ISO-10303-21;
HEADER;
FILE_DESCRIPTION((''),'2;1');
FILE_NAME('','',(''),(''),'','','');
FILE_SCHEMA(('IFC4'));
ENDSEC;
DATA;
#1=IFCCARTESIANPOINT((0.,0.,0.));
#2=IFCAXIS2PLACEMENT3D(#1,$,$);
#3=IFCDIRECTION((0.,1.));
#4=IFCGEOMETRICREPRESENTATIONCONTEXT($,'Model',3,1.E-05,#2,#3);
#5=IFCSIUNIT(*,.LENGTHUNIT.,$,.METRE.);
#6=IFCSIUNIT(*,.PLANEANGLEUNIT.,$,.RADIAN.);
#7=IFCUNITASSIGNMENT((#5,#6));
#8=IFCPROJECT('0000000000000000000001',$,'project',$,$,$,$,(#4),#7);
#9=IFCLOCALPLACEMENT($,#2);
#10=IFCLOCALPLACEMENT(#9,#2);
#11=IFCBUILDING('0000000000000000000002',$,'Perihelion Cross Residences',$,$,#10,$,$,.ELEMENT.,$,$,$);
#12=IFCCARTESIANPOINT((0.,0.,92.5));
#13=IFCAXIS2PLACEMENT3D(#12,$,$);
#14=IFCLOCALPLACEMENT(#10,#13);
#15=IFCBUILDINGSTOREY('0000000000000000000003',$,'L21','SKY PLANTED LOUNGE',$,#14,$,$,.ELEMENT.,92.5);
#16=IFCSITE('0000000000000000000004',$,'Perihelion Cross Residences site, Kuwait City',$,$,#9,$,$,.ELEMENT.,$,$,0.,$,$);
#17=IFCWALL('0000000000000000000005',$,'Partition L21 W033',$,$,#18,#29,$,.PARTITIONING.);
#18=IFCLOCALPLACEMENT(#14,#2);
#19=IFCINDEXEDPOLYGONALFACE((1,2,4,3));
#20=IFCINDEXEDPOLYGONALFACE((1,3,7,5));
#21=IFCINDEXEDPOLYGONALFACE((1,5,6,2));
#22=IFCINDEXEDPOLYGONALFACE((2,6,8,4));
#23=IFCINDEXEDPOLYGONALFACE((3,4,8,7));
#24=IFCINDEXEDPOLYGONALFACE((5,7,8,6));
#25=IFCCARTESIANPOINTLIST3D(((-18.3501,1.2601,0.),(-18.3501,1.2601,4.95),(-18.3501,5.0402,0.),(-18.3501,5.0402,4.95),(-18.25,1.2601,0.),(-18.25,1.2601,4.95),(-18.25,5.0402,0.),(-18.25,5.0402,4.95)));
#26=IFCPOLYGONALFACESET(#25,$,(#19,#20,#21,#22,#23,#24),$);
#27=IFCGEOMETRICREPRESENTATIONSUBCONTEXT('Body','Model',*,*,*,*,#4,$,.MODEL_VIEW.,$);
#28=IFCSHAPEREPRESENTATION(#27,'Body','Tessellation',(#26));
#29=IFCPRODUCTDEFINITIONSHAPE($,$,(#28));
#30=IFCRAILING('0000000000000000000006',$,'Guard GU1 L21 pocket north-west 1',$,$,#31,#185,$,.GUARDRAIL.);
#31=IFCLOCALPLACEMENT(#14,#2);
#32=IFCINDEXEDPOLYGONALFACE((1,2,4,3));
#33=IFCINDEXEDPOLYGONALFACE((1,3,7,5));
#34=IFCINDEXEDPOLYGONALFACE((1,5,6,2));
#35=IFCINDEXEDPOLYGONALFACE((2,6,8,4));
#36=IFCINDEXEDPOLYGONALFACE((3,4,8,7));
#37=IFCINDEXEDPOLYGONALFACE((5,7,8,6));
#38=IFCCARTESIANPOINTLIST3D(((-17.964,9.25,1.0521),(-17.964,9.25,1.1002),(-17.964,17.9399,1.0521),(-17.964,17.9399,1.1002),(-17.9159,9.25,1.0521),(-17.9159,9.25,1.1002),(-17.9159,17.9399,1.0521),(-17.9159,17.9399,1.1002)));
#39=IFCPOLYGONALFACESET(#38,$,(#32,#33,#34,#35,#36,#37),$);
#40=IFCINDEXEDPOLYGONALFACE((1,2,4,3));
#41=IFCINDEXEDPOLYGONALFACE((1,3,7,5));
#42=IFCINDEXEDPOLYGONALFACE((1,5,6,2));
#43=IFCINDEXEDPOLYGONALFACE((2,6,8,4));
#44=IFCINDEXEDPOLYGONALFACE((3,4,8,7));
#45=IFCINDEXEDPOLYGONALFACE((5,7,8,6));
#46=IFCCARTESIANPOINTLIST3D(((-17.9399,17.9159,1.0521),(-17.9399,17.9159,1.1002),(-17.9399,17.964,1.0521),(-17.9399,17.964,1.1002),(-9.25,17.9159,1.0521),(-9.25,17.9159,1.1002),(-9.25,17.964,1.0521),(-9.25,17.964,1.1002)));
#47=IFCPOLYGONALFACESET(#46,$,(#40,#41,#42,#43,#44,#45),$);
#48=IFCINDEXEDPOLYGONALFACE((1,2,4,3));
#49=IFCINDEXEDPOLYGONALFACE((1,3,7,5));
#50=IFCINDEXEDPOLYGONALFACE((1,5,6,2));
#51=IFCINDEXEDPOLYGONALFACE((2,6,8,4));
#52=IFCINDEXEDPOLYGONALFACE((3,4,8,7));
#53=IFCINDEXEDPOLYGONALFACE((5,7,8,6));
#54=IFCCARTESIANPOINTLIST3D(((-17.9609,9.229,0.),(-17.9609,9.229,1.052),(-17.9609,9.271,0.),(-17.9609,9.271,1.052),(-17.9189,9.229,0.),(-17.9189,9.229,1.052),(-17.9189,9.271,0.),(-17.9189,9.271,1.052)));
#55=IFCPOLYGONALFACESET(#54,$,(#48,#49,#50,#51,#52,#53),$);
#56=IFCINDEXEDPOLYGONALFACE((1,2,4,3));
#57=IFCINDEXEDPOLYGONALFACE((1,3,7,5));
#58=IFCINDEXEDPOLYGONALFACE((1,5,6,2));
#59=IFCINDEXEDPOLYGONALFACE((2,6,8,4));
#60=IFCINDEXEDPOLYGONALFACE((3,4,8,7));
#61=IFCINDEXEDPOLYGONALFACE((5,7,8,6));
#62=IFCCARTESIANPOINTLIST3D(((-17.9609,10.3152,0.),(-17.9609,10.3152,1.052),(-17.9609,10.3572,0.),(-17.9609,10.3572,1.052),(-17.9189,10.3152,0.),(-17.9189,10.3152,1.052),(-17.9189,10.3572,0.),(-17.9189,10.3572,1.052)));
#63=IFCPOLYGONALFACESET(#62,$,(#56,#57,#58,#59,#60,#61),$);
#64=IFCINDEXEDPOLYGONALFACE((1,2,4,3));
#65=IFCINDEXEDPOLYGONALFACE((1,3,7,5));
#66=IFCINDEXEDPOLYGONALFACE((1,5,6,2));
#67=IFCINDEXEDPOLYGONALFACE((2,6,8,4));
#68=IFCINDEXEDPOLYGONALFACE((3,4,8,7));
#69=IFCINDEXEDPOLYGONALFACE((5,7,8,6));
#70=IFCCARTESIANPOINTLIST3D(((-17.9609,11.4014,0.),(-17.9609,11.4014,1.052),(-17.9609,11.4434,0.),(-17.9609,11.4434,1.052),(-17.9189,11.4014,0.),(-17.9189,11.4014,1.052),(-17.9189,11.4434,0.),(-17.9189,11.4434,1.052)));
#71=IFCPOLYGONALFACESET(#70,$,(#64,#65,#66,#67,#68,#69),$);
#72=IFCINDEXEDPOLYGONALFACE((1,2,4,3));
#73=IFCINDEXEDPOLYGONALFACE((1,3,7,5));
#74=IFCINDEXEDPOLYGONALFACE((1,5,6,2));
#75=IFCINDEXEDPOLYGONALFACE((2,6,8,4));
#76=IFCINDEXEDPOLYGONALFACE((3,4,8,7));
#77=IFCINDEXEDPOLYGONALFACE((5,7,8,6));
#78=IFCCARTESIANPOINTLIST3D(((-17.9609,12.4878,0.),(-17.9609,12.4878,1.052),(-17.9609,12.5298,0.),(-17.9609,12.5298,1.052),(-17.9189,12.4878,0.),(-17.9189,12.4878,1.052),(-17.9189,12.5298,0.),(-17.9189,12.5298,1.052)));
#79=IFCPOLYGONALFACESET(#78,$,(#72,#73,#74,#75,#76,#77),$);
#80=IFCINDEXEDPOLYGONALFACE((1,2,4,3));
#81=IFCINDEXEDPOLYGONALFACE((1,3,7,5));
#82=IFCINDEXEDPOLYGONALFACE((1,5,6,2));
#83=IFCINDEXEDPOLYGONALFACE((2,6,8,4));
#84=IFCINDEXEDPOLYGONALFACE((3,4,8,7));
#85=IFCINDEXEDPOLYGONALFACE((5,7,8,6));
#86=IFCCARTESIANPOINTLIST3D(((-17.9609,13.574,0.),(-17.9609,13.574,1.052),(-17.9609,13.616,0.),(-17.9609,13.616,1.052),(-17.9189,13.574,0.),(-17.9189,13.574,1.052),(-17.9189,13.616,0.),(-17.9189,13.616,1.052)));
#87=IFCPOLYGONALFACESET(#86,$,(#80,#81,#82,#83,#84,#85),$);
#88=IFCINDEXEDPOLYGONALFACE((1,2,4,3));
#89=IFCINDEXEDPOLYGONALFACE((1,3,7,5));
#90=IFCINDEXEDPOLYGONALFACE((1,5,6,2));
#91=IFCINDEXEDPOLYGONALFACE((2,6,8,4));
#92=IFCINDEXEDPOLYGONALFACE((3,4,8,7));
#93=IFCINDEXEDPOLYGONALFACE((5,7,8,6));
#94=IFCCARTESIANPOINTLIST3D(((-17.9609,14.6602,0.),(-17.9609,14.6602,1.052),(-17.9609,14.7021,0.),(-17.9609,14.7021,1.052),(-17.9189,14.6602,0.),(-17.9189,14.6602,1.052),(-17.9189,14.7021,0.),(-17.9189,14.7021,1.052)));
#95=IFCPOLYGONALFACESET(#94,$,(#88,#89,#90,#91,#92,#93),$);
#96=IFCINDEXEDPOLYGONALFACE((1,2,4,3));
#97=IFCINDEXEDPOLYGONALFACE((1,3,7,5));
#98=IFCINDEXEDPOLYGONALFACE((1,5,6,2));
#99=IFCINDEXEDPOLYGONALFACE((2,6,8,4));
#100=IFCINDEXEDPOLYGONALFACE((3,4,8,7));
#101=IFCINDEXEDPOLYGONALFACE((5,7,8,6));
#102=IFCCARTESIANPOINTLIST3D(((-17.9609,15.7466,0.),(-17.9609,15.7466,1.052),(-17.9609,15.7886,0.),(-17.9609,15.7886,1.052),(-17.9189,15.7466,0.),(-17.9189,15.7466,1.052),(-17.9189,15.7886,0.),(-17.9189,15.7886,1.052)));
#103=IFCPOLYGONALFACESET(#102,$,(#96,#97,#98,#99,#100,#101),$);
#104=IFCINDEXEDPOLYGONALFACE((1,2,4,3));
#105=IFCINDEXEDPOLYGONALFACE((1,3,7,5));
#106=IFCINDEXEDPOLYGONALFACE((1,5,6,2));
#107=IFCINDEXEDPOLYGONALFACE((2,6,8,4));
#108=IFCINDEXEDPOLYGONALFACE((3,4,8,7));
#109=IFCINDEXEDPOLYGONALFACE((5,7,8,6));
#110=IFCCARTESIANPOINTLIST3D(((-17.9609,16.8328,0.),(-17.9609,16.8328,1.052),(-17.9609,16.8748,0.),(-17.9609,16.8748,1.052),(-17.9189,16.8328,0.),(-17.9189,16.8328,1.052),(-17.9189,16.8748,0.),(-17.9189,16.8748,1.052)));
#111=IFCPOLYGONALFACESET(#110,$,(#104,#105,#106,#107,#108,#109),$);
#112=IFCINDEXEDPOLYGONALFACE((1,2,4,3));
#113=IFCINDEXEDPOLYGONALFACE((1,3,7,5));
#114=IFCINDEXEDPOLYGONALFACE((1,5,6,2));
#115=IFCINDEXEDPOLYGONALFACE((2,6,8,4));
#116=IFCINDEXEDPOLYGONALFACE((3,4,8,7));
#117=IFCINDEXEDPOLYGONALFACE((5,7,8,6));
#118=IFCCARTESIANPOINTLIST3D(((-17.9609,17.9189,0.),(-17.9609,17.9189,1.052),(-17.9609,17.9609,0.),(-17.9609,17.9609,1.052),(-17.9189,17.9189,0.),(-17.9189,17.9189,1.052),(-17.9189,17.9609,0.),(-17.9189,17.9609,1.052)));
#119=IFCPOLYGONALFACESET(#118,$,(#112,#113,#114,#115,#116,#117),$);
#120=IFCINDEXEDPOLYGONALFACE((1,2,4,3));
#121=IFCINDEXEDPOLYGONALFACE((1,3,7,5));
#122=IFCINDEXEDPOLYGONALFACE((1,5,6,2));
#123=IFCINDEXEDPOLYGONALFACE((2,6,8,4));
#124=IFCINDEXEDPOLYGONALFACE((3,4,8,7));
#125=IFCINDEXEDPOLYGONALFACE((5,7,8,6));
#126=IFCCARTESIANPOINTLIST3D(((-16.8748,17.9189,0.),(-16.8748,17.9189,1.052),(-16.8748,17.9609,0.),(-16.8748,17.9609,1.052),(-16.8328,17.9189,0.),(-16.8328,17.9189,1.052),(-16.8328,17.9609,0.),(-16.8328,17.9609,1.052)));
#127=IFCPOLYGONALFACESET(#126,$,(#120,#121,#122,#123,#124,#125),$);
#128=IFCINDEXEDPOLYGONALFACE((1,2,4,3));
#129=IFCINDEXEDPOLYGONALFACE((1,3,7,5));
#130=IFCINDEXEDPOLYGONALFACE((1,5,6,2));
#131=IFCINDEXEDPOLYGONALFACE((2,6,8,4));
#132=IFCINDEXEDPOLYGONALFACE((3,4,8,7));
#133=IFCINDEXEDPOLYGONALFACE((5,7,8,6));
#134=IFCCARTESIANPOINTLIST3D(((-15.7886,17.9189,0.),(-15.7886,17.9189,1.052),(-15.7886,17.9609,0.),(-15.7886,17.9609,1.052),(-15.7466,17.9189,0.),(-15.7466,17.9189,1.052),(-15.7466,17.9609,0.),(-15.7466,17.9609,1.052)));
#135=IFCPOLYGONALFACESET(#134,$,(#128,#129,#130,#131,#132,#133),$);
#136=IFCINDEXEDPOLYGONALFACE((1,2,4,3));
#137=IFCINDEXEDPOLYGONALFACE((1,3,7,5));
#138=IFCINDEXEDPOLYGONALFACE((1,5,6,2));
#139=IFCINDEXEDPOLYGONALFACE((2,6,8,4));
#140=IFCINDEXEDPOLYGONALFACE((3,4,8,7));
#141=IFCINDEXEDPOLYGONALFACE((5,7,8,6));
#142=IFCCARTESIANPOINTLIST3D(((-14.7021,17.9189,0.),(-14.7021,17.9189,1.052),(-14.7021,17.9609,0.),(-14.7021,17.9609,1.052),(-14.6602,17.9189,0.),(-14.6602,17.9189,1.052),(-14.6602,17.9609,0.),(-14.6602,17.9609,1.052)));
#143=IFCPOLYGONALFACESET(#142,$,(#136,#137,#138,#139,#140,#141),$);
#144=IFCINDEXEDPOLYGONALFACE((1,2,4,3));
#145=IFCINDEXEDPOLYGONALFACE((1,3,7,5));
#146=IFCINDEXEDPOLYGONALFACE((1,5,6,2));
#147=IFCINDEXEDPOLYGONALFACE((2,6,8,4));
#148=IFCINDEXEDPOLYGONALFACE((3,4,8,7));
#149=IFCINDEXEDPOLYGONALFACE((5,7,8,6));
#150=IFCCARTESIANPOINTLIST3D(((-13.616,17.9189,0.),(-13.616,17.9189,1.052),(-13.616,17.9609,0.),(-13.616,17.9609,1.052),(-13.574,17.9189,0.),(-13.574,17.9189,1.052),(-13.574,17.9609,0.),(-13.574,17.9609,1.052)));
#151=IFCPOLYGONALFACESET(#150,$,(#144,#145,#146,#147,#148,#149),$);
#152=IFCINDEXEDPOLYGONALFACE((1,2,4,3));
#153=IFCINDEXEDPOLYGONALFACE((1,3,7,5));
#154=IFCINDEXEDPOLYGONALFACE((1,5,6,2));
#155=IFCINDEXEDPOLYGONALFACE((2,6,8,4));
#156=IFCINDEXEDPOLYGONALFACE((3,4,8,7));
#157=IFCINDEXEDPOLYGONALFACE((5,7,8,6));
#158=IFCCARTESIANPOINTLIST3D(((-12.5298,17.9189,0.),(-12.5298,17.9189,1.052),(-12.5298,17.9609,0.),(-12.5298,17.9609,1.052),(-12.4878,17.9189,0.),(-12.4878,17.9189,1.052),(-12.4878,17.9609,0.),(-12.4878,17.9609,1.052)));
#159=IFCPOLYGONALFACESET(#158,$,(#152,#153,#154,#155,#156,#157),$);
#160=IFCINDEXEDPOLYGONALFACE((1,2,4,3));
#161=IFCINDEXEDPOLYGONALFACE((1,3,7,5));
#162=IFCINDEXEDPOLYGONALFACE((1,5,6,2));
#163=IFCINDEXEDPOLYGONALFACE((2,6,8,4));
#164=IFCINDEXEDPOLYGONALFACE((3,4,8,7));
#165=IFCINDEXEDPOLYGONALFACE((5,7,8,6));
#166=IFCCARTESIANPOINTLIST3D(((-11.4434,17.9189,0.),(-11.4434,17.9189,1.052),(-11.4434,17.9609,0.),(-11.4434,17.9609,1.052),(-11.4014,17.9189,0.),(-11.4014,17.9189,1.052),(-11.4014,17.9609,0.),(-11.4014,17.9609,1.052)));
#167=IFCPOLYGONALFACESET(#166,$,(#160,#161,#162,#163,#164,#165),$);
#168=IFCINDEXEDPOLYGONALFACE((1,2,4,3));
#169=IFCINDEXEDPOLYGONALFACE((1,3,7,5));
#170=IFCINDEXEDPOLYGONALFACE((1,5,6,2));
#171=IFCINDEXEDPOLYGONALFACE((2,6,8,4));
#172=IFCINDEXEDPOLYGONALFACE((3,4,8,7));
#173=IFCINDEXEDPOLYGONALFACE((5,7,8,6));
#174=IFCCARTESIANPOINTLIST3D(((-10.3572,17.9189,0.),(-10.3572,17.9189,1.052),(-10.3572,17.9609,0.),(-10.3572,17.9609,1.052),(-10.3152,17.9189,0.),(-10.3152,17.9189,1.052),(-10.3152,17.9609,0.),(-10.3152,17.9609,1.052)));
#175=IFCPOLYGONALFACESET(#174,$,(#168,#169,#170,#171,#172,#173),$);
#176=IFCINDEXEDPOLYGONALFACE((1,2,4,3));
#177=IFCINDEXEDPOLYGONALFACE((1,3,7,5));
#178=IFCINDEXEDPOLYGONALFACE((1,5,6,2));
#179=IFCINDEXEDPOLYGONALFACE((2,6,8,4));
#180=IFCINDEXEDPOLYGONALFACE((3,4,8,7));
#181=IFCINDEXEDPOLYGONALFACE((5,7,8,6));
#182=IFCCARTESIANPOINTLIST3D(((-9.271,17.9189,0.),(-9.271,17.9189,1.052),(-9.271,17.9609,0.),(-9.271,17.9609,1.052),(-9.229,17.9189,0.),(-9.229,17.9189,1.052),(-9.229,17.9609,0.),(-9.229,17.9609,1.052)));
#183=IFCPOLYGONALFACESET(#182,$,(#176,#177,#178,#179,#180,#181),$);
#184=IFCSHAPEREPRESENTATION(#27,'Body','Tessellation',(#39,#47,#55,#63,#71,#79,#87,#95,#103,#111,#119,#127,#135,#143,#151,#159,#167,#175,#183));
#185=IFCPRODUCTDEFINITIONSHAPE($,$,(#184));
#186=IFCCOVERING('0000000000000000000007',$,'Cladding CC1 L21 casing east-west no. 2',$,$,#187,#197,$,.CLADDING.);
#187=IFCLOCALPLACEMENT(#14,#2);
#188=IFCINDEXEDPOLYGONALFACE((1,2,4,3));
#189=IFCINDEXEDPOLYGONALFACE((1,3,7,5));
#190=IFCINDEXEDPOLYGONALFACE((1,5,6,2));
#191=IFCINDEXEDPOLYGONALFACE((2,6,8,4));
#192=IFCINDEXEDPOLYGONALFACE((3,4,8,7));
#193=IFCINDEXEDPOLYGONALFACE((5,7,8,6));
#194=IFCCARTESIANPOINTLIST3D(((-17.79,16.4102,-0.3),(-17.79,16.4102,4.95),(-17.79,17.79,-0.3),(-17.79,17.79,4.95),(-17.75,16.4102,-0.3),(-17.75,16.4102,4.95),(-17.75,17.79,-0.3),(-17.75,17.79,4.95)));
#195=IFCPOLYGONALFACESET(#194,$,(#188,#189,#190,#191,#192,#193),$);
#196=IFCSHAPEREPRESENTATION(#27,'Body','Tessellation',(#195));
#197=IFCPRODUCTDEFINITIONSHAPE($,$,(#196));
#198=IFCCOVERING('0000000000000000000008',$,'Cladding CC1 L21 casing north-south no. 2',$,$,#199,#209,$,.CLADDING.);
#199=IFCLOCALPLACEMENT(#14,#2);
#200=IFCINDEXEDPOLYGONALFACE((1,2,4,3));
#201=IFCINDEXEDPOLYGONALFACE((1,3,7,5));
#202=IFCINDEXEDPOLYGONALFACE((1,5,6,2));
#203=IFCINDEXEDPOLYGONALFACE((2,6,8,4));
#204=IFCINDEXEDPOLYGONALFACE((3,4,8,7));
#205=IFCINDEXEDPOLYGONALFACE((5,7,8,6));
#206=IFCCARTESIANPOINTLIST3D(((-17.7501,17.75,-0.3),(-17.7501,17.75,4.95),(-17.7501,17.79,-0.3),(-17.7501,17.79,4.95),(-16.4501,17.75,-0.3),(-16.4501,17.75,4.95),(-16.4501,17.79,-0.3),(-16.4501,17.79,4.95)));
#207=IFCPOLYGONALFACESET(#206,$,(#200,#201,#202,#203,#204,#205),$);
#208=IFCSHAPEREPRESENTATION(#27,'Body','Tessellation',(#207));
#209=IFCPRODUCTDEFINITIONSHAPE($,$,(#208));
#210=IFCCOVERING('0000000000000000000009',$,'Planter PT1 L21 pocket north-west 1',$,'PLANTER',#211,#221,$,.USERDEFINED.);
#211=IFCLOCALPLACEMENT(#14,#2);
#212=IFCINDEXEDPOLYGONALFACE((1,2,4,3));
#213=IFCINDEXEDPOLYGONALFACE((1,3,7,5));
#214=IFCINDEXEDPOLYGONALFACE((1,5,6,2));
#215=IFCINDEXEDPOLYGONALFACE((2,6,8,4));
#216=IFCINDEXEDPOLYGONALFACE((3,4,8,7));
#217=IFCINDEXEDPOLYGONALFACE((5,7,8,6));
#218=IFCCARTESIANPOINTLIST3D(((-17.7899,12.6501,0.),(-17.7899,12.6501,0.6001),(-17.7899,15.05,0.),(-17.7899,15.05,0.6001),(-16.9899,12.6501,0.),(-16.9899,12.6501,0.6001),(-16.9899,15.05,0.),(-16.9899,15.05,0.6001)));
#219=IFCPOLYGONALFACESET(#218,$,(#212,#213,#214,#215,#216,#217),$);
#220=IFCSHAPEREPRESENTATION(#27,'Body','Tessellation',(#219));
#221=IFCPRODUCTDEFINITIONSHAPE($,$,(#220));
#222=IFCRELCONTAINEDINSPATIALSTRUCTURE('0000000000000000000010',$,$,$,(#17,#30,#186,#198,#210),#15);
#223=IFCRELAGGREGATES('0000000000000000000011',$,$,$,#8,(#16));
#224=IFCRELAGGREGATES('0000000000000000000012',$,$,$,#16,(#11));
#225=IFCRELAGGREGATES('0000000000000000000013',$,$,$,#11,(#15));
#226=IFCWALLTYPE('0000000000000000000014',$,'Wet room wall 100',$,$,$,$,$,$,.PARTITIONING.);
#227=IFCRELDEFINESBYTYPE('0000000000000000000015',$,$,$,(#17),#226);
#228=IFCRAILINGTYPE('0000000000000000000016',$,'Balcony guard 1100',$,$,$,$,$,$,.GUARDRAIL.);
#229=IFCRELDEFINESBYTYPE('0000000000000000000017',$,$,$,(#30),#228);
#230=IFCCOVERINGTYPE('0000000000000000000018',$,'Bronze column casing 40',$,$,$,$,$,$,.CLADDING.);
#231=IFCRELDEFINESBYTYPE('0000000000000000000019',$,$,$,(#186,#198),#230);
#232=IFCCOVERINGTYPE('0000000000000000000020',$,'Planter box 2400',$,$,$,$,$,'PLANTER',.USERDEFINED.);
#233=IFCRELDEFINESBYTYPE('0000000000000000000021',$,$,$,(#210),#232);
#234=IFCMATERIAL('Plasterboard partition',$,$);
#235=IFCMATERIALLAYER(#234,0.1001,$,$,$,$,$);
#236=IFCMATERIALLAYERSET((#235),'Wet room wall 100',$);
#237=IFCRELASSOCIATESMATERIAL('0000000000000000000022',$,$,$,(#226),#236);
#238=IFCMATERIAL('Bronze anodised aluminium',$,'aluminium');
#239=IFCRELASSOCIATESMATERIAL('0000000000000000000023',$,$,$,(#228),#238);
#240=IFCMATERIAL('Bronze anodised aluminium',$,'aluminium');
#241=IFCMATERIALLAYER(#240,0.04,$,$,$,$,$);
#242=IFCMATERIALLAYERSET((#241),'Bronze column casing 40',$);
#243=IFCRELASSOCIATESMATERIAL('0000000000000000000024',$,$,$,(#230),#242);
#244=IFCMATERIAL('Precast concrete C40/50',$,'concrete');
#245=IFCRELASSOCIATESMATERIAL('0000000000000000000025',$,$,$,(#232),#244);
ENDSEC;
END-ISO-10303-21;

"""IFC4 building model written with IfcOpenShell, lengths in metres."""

from ifc_helpers import new_model, si_unit, direction, frame, frame_2d, origin, origin_2d, place, context, subcontext, project, spatial, rectangle, extrude, material, layer, layer_set, type_object, element, save


model = new_model("IFC4")

# Units and contexts
model_context = context("Model", 3, precision=1e-05, world=origin(), true_north=direction((0.0, 1.0)))
body_context = subcontext(model_context, "Body", "Model", "MODEL_VIEW")
ifc_project = project(units=[si_unit("LENGTHUNIT", "METRE"), si_unit("PLANEANGLEUNIT", "RADIAN")], contexts=[model_context])

# Site, building, storey
site_placement = place(None, origin())
site = spatial("IfcSite", under=ifc_project, at=site_placement, Name="Perihelion Cross Residences site, Kuwait City", CompositionType="ELEMENT", RefElevation=0.0)
building_placement = place(site_placement, origin())
building = spatial("IfcBuilding", under=site, at=building_placement, Name="Perihelion Cross Residences", CompositionType="ELEMENT")
storey_placement = place(building_placement, frame((0.0, 0.0, 92.5)))
storey = spatial("IfcBuildingStorey", under=building, at=storey_placement, Name="L21", Description="SKY PLANTED LOUNGE", CompositionType="ELEMENT", Elevation=92.5)

# Wall
ifc_material_1 = material(Name="Plasterboard partition")
ifc_layer_1 = layer(ifc_material_1, 0.1001)
ifc_layer_set_1 = layer_set([ifc_layer_1], Name="Wet room wall 100")
wall_type_1 = type_object("IfcWallType", Name="Wet room wall 100", PredefinedType="PARTITIONING", material=ifc_layer_set_1)
wall_1_placement = place(storey_placement, frame((-18.3, 1.26, 0.0), z_axis=(0.0, 0.0, 1.0), x_axis=(0.0, 1.0, 0.0)))
element("IfcWall", 1, at=wall_1_placement, inside=storey, type_object=wall_type_1, Name="Partition L21 W033", PredefinedType="PARTITIONING", context=body_context, shape_type="SweptSolid", body=[
    extrude(rectangle(XDim=3.78, YDim=0.1001, at=frame_2d((1.8901, 0.0))), origin(), (0.0, 0.0, 1.0), 4.95),
])

# Railing
ifc_material_2 = material(Name="Bronze anodised aluminium", Category="aluminium")
railing_type = type_object("IfcRailingType", Name="Balcony guard 1100", PredefinedType="GUARDRAIL", material=ifc_material_2)
railing_placement = place(storey_placement, frame((-17.9399, 9.25, 0.0)))
element("IfcRailing", 2, at=railing_placement, inside=storey, type_object=railing_type, Name="Guard GU1 L21 pocket north-west 1", PredefinedType="GUARDRAIL", context=body_context, shape_type="SweptSolid", body=[
    extrude(rectangle(XDim=0.0481, YDim=0.0481, at=origin_2d()), frame((0.0, 0.0, 1.0762), z_axis=(0.0, 1.0, 0.0), x_axis=(-1.0, 0.0, 0.0)), (0.0, 0.0, 1.0), 8.6899),
    extrude(rectangle(XDim=0.0481, YDim=0.0481, at=origin_2d()), frame((0.0, 8.6899, 1.0762), z_axis=(1.0, 0.0, 0.0), x_axis=(0.0, 1.0, 0.0)), (0.0, 0.0, 1.0), 8.6899),
    extrude(rectangle(XDim=0.042, YDim=0.042, at=origin_2d()), origin(), (0.0, 0.0, 1.0), 1.052),
    extrude(rectangle(XDim=0.042, YDim=0.042, at=origin_2d()), frame((0.0, 1.0862, 0.0)), (0.0, 0.0, 1.0), 1.052),
    extrude(rectangle(XDim=0.042, YDim=0.042, at=origin_2d()), frame((0.0, 2.1724, 0.0)), (0.0, 0.0, 1.0), 1.052),
    extrude(rectangle(XDim=0.042, YDim=0.042, at=origin_2d()), frame((0.0, 3.2588, 0.0)), (0.0, 0.0, 1.0), 1.052),
    extrude(rectangle(XDim=0.042, YDim=0.042, at=origin_2d()), frame((0.0, 4.345, 0.0)), (0.0, 0.0, 1.0), 1.052),
    extrude(rectangle(XDim=0.042, YDim=0.042, at=origin_2d()), frame((0.0, 5.4312, 0.0)), (0.0, 0.0, 1.0), 1.052),
    extrude(rectangle(XDim=0.042, YDim=0.042, at=origin_2d()), frame((0.0, 6.5176, 0.0)), (0.0, 0.0, 1.0), 1.052),
    extrude(rectangle(XDim=0.042, YDim=0.042, at=origin_2d()), frame((0.0, 7.6038, 0.0)), (0.0, 0.0, 1.0), 1.052),
    extrude(rectangle(XDim=0.042, YDim=0.042, at=origin_2d()), frame((0.0, 8.6899, 0.0)), (0.0, 0.0, 1.0), 1.052),
    extrude(rectangle(XDim=0.042, YDim=0.042, at=origin_2d()), frame((1.0862, 8.6899, 0.0)), (0.0, 0.0, 1.0), 1.052),
    extrude(rectangle(XDim=0.042, YDim=0.042, at=origin_2d()), frame((2.1724, 8.6899, 0.0)), (0.0, 0.0, 1.0), 1.052),
    extrude(rectangle(XDim=0.042, YDim=0.042, at=origin_2d()), frame((3.2588, 8.6899, 0.0)), (0.0, 0.0, 1.0), 1.052),
    extrude(rectangle(XDim=0.042, YDim=0.042, at=origin_2d()), frame((4.345, 8.6899, 0.0)), (0.0, 0.0, 1.0), 1.052),
    extrude(rectangle(XDim=0.042, YDim=0.042, at=origin_2d()), frame((5.4312, 8.6899, 0.0)), (0.0, 0.0, 1.0), 1.052),
    extrude(rectangle(XDim=0.042, YDim=0.042, at=origin_2d()), frame((6.5176, 8.6899, 0.0)), (0.0, 0.0, 1.0), 1.052),
    extrude(rectangle(XDim=0.042, YDim=0.042, at=origin_2d()), frame((7.6038, 8.6899, 0.0)), (0.0, 0.0, 1.0), 1.052),
    extrude(rectangle(XDim=0.042, YDim=0.042, at=origin_2d()), frame((8.6899, 8.6899, 0.0)), (0.0, 0.0, 1.0), 1.052),
])

# Coverings
ifc_material_3 = material(Name="Bronze anodised aluminium", Category="aluminium")
ifc_layer_2 = layer(ifc_material_3, 0.04)
ifc_layer_set_2 = layer_set([ifc_layer_2], Name="Bronze column casing 40")
covering_type_1 = type_object("IfcCoveringType", Name="Bronze column casing 40", PredefinedType="CLADDING", material=ifc_layer_set_2)
covering_1_placement = place(storey_placement, frame((-17.77, 17.1001, -0.3), z_axis=(0.0, 0.0, 1.0), x_axis=(1.0, 0.0, 0.0)))
element("IfcCovering", 3, at=covering_1_placement, inside=storey, type_object=covering_type_1, Name="Cladding CC1 L21 casing east-west no. 2", PredefinedType="CLADDING", context=body_context, shape_type="SweptSolid", body=[
    extrude(rectangle(XDim=0.04, YDim=1.3799, at=origin_2d()), origin(), (0.0, 0.0, 1.0), 5.25),
])
covering_2_placement = place(storey_placement, frame((-17.1001, 17.77, -0.3), z_axis=(0.0, 0.0, 1.0), x_axis=(1.0, 0.0, 0.0)))
element("IfcCovering", 4, at=covering_2_placement, inside=storey, type_object=covering_type_1, Name="Cladding CC1 L21 casing north-south no. 2", PredefinedType="CLADDING", context=body_context, shape_type="SweptSolid", body=[
    extrude(rectangle(XDim=1.3, YDim=0.04, at=origin_2d()), origin(), (0.0, 0.0, 1.0), 5.25),
])
ifc_material_4 = material(Name="Precast concrete C40/50", Category="concrete")
covering_type_2 = type_object("IfcCoveringType", Name="Planter box 2400", ElementType="PLANTER", PredefinedType="USERDEFINED", material=ifc_material_4)
for number, where, z_axis, x_axis, name in (
    (5, (-17.3899, 13.8501, 0.0), (0.0, 0.0, 1.0), (0.0, 1.0, 0.0), "Planter PT1 L21 pocket north-west 1"),
):
    element("IfcCovering", number, at=place(storey_placement, frame(where, z_axis=z_axis, x_axis=x_axis)), inside=storey, type_object=covering_type_2, Name=name, ObjectType="PLANTER", PredefinedType="USERDEFINED", context=body_context, shape_type="SweptSolid", body=[
        extrude(rectangle(XDim=2.3999, YDim=0.8, at=origin_2d()), origin(), (0.0, 0.0, 1.0), 0.6001),
    ])

save(model, "model.ifc")
